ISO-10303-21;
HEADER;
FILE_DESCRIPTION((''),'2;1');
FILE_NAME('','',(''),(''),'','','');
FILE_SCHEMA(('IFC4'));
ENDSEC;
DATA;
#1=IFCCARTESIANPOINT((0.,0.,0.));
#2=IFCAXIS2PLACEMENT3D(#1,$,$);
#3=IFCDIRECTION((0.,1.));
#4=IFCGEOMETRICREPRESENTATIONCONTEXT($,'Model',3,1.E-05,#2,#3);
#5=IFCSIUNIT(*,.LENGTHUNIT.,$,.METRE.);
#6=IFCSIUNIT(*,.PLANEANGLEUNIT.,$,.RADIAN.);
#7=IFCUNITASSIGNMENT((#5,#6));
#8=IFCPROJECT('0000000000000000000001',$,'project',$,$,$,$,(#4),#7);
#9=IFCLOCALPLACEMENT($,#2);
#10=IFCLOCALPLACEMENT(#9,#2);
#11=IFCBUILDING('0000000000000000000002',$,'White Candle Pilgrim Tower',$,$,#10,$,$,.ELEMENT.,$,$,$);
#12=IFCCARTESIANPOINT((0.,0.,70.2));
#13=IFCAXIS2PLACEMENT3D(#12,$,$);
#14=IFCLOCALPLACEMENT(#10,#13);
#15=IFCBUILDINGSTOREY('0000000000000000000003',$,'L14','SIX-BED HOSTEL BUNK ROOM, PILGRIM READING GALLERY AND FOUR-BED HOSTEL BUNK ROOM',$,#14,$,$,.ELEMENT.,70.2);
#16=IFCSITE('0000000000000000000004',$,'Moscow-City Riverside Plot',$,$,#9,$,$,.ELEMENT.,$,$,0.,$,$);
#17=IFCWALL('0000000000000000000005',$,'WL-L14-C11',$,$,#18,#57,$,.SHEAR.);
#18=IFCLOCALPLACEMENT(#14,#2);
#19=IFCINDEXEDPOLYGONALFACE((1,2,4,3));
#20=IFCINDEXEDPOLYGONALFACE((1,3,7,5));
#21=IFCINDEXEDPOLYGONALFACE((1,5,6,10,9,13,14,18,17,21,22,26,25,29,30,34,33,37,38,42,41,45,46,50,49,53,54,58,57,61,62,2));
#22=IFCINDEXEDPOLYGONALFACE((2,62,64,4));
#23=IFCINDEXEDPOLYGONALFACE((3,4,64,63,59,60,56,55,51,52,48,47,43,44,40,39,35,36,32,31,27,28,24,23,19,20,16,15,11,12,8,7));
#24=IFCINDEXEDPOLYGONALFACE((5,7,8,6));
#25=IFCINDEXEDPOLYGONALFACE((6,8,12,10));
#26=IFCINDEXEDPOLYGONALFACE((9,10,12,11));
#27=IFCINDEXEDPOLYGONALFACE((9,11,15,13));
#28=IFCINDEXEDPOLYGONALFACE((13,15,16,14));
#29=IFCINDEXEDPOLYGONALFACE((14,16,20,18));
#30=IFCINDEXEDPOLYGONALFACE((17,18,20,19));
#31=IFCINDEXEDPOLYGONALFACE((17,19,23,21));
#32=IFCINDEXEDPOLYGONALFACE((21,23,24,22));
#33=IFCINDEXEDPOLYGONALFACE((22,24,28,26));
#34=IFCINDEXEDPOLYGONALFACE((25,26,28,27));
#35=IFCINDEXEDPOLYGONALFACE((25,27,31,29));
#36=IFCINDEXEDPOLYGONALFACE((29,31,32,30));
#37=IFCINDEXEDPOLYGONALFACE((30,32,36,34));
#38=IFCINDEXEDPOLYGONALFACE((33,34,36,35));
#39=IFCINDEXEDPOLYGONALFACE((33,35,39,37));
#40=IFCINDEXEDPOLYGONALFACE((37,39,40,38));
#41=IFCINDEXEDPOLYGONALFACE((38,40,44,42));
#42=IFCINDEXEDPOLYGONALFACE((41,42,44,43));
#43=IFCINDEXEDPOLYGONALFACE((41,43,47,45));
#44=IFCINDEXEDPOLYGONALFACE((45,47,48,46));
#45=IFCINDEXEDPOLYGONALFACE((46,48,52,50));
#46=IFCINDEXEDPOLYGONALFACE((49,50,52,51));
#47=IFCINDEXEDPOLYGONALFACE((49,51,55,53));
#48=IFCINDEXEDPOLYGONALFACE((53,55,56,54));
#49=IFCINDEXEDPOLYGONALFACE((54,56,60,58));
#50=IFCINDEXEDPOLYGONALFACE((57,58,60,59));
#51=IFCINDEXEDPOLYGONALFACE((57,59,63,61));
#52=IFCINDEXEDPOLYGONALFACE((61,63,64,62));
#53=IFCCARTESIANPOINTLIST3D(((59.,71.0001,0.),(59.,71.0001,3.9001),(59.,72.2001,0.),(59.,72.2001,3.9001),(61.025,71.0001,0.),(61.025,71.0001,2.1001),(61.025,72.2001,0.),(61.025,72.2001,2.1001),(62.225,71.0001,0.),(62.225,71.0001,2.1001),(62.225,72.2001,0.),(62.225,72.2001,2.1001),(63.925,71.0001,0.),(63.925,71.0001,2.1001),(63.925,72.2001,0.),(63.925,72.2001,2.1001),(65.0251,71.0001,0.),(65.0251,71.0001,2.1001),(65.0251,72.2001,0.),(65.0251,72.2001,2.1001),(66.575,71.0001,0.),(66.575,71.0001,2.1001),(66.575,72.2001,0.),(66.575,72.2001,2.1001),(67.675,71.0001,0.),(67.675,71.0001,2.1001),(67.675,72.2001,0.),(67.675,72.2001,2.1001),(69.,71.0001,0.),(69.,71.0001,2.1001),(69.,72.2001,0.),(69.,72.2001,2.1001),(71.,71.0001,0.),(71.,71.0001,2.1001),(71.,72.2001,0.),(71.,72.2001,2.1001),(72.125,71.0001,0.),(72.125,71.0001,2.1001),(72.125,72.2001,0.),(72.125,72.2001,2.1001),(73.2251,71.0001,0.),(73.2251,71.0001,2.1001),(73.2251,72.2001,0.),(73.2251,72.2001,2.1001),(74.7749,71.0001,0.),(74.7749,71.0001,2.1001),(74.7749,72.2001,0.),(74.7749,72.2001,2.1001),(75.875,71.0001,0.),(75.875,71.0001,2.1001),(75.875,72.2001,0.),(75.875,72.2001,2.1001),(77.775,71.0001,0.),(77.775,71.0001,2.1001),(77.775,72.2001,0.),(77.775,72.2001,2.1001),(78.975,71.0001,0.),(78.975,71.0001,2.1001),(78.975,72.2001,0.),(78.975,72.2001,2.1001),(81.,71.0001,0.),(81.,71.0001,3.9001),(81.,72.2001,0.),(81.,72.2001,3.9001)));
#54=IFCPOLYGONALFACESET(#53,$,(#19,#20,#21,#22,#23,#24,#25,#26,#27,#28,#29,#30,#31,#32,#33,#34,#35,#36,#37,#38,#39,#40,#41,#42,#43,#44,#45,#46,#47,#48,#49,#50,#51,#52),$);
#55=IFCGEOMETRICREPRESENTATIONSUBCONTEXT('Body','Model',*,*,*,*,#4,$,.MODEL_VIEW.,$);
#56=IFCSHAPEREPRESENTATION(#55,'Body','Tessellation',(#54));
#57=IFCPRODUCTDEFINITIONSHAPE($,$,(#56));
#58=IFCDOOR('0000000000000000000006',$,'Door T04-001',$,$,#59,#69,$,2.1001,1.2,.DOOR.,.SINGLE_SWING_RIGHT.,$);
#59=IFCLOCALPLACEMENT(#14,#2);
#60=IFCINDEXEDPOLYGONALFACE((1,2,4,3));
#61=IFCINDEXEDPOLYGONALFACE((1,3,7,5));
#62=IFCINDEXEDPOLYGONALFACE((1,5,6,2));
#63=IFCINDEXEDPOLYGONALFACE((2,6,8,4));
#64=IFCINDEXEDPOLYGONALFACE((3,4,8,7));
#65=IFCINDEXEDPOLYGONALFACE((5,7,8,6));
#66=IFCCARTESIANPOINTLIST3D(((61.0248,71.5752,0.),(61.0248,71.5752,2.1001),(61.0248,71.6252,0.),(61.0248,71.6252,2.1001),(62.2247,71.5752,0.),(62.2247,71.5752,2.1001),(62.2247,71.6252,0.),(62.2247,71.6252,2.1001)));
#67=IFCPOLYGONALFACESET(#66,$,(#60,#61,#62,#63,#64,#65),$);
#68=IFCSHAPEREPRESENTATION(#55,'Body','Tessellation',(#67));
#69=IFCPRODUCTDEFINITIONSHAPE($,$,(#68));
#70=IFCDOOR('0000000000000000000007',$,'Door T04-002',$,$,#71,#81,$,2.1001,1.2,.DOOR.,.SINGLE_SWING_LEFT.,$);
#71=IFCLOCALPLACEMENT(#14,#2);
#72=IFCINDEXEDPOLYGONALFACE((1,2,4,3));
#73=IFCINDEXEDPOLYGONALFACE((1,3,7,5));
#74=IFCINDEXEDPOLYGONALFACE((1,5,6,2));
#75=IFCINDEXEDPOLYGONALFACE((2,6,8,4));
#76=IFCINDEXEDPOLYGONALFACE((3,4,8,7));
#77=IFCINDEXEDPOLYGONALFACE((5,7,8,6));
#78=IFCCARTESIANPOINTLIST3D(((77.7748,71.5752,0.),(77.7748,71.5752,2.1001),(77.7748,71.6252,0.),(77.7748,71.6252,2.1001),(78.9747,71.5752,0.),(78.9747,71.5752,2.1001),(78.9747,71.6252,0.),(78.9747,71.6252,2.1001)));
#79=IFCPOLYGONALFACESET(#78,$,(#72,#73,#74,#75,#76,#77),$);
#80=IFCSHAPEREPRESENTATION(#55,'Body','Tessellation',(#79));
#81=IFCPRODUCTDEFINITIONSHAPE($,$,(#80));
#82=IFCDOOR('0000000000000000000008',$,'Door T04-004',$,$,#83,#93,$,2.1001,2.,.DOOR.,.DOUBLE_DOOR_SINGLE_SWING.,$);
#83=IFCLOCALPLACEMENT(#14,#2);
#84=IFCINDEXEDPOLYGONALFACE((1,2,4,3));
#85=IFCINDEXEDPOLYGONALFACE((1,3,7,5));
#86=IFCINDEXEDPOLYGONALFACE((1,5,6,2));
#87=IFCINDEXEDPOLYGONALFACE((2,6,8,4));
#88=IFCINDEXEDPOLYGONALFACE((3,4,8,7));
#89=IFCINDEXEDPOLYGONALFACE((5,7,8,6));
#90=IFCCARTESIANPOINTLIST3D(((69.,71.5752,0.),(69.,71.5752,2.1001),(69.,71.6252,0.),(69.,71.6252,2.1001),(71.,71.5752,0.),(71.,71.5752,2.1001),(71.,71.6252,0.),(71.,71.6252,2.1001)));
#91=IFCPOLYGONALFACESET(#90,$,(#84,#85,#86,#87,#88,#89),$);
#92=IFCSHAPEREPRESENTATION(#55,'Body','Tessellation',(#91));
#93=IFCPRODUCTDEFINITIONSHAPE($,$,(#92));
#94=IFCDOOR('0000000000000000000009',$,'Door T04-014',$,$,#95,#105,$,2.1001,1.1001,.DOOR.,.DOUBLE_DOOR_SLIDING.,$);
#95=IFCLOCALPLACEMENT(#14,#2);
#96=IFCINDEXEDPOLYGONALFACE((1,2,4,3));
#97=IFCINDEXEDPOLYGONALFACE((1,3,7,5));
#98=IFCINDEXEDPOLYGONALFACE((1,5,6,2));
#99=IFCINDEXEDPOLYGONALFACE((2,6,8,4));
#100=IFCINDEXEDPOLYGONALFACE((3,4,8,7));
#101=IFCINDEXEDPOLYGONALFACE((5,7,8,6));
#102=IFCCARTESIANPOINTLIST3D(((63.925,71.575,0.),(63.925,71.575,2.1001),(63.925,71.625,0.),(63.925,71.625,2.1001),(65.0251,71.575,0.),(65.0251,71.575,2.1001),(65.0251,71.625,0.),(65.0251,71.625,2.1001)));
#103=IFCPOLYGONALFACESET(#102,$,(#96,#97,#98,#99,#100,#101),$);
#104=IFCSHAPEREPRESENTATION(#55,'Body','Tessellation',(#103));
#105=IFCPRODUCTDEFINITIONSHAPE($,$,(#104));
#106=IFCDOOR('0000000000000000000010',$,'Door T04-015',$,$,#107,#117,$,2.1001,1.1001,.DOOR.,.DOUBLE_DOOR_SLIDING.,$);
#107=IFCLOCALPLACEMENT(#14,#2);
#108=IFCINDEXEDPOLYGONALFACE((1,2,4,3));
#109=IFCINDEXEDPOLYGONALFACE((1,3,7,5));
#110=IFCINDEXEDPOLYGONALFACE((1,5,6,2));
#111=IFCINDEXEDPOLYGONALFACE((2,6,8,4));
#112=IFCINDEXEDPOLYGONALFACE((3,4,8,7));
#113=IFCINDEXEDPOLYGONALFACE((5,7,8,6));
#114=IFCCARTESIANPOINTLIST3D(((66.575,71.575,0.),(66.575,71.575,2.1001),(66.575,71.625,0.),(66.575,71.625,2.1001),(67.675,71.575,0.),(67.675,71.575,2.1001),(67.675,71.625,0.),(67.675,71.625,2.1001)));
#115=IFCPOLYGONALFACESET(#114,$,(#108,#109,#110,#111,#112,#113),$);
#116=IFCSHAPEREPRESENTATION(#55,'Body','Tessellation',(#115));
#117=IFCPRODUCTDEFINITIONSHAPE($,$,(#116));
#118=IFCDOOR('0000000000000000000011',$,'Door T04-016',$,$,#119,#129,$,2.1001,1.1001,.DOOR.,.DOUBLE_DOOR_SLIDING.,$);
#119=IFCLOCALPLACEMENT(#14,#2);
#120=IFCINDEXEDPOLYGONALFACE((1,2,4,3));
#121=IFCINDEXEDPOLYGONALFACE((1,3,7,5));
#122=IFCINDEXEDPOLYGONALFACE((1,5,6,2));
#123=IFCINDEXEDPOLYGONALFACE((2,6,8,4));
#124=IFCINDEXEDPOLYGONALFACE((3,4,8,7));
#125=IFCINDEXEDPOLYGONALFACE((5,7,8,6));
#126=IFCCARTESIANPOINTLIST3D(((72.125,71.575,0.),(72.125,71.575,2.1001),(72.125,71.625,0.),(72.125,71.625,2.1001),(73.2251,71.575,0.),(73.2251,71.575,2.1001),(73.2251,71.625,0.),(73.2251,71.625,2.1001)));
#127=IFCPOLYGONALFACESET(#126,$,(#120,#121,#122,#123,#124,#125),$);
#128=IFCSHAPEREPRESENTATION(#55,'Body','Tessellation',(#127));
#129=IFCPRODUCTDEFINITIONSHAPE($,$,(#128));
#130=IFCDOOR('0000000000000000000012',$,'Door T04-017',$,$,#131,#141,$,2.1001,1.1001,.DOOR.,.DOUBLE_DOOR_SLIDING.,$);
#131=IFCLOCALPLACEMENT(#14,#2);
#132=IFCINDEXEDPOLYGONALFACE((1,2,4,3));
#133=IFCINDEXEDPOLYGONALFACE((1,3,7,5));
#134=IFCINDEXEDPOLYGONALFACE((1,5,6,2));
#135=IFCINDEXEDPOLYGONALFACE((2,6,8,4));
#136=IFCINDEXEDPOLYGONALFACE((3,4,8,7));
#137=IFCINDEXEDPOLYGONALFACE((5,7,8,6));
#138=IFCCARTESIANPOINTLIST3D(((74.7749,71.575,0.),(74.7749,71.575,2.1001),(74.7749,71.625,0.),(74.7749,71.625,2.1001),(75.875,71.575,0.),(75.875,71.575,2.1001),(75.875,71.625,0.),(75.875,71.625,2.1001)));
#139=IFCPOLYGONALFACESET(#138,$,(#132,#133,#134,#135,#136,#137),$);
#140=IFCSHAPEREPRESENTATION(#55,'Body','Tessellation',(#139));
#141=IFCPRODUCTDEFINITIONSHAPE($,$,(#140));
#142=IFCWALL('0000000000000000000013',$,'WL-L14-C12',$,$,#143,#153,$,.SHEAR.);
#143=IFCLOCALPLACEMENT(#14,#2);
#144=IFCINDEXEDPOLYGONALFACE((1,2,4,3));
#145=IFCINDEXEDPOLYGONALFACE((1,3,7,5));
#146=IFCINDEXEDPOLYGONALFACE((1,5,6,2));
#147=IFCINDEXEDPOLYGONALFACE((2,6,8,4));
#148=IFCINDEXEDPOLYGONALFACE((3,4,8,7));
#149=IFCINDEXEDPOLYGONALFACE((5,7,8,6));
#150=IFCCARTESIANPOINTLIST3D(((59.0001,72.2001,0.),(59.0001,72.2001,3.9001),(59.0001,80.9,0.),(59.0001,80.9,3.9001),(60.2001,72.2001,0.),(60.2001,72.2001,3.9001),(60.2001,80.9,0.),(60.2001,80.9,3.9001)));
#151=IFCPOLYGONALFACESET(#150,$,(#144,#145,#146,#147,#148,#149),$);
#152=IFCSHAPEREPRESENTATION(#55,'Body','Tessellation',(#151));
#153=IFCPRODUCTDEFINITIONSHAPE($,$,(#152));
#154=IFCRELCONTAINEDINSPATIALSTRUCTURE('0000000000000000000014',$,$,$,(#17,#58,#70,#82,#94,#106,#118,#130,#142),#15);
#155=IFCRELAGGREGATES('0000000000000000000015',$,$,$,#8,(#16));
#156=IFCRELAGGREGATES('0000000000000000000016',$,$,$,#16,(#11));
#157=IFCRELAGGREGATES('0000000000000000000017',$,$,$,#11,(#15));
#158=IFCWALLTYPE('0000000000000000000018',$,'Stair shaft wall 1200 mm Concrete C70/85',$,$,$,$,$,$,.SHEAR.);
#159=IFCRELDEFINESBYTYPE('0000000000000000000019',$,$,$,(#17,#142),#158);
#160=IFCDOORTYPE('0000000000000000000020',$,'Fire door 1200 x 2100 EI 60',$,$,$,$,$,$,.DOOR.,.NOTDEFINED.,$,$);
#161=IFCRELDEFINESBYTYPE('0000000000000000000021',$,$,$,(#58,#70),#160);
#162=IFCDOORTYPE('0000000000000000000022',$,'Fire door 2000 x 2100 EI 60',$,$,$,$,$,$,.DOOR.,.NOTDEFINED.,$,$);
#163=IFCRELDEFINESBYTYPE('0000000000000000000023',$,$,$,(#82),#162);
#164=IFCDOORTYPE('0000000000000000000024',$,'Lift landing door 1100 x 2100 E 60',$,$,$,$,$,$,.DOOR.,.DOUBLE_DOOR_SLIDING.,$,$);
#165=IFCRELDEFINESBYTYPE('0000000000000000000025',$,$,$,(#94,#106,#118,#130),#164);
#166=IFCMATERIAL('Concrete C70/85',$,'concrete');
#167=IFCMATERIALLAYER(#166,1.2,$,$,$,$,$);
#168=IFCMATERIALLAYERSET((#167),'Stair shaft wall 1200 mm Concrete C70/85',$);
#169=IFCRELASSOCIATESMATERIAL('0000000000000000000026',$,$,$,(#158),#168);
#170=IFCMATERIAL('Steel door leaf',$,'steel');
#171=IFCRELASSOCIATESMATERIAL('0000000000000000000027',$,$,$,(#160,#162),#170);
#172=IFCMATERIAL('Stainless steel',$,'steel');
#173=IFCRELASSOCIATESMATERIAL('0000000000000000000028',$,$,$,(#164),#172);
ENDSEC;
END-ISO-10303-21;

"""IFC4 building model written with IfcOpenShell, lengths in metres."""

from ifc_helpers import new_model, si_unit, direction, frame, frame_2d, origin, place, context, subcontext, project, spatial, rectangle, extrude, material, layer, layer_set, type_object, element, fill, save


model = new_model("IFC4")

# Units and contexts
model_context = context("Model", 3, precision=1e-05, world=origin(), true_north=direction((0.0, 1.0)))
body_context = subcontext(model_context, "Body", "Model", "MODEL_VIEW")
ifc_project = project(units=[si_unit("LENGTHUNIT", "METRE"), si_unit("PLANEANGLEUNIT", "RADIAN")], contexts=[model_context])

# Site, building, storey
site_placement = place(None, origin())
site = spatial("IfcSite", under=ifc_project, at=site_placement, Name="Moscow-City Riverside Plot", CompositionType="ELEMENT", RefElevation=0.0)
building_placement = place(site_placement, origin())
building = spatial("IfcBuilding", under=site, at=building_placement, Name="White Candle Pilgrim Tower", CompositionType="ELEMENT")
storey_placement = place(building_placement, frame((0.0, 0.0, 70.2)))
storey = spatial("IfcBuildingStorey", under=building, at=storey_placement, Name="L14", Description="SIX-BED HOSTEL BUNK ROOM, PILGRIM READING GALLERY AND FOUR-BED HOSTEL BUNK ROOM", CompositionType="ELEMENT", Elevation=70.2)

# Shared definitions
ifc_material_1 = material(Name="Steel door leaf", Category="steel")

# Shared definitions
ifc_material_2 = material(Name="Concrete C70/85", Category="concrete")

# Wall, openings, doors
ifc_layer_1 = layer(ifc_material_2, 1.2)
ifc_layer_set_1 = layer_set([ifc_layer_1], Name="Stair shaft wall 1200 mm Concrete C70/85")
wall_type_1 = type_object("IfcWallType", Name="Stair shaft wall 1200 mm Concrete C70/85", PredefinedType="SHEAR", material=ifc_layer_set_1)
wall_1_placement = place(storey_placement, frame((59.0, 71.6001, 0.0), z_axis=(0.0, 0.0, 1.0), x_axis=(1.0, 0.0, 0.0)))
wall_1 = element("IfcWall", 1, at=wall_1_placement, inside=storey, type_object=wall_type_1, Name="WL-L14-C11", PredefinedType="SHEAR", context=body_context, shape_type="SweptSolid", body=[
    extrude(rectangle(XDim=22.0, YDim=1.2, at=frame_2d((11.0, 0.0))), origin(), (0.0, 0.0, 1.0), 3.9001),
])
opening_1_placement = place(wall_1_placement, frame((2.0249, 0.0, 0.0)))
opening_1 = element("IfcOpeningElement", 2, at=opening_1_placement, cuts=wall_1, PredefinedType="OPENING", context=body_context, shape_type="SweptSolid", body=[
    extrude(rectangle(XDim=1.2, YDim=2.1001, at=frame_2d((0.6001, 1.05))), frame((0.0, 0.6099, 0.0), z_axis=(0.0, -1.0, 0.0), x_axis=(1.0, 0.0, 0.0)), (0.0, 0.0, 1.0), 1.22),
])
opening_2_placement = place(wall_1_placement, frame((18.7749, 0.0, 0.0)))
opening_2 = element("IfcOpeningElement", 3, at=opening_2_placement, cuts=wall_1, PredefinedType="OPENING", context=body_context, shape_type="SweptSolid", body=[
    extrude(rectangle(XDim=1.2, YDim=2.1001, at=frame_2d((0.6001, 1.05))), frame((0.0, 0.6099, 0.0), z_axis=(0.0, -1.0, 0.0), x_axis=(1.0, 0.0, 0.0)), (0.0, 0.0, 1.0), 1.22),
])
opening_3_placement = place(wall_1_placement, frame((10.0, 0.0, 0.0)))
opening_3 = element("IfcOpeningElement", 4, at=opening_3_placement, cuts=wall_1, PredefinedType="OPENING", context=body_context, shape_type="SweptSolid", body=[
    extrude(rectangle(XDim=2.0, YDim=2.1001, at=frame_2d((1.0, 1.05))), frame((0.0, 0.6099, 0.0), z_axis=(0.0, -1.0, 0.0), x_axis=(1.0, 0.0, 0.0)), (0.0, 0.0, 1.0), 1.22),
])
opening_4_placement = place(wall_1_placement, frame((4.925, 0.0, 0.0)))
opening_4 = element("IfcOpeningElement", 5, at=opening_4_placement, cuts=wall_1, PredefinedType="OPENING", context=body_context, shape_type="SweptSolid", body=[
    extrude(rectangle(XDim=1.1001, YDim=2.1001, at=frame_2d((0.55, 1.05))), frame((0.0, 0.6099, 0.0), z_axis=(0.0, -1.0, 0.0), x_axis=(1.0, 0.0, 0.0)), (0.0, 0.0, 1.0), 1.22),
])
opening_5_placement = place(wall_1_placement, frame((7.575, 0.0, 0.0)))
opening_5 = element("IfcOpeningElement", 6, at=opening_5_placement, cuts=wall_1, PredefinedType="OPENING", context=body_context, shape_type="SweptSolid", body=[
    extrude(rectangle(XDim=1.1001, YDim=2.1001, at=frame_2d((0.55, 1.05))), frame((0.0, 0.6099, 0.0), z_axis=(0.0, -1.0, 0.0), x_axis=(1.0, 0.0, 0.0)), (0.0, 0.0, 1.0), 1.22),
])
opening_6_placement = place(wall_1_placement, frame((13.125, 0.0, 0.0)))
opening_6 = element("IfcOpeningElement", 7, at=opening_6_placement, cuts=wall_1, PredefinedType="OPENING", context=body_context, shape_type="SweptSolid", body=[
    extrude(rectangle(XDim=1.1001, YDim=2.1001, at=frame_2d((0.55, 1.05))), frame((0.0, 0.6099, 0.0), z_axis=(0.0, -1.0, 0.0), x_axis=(1.0, 0.0, 0.0)), (0.0, 0.0, 1.0), 1.22),
])
opening_7_placement = place(wall_1_placement, frame((15.7749, 0.0, 0.0)))
opening_7 = element("IfcOpeningElement", 8, at=opening_7_placement, cuts=wall_1, PredefinedType="OPENING", context=body_context, shape_type="SweptSolid", body=[
    extrude(rectangle(XDim=1.1001, YDim=2.1001, at=frame_2d((0.55, 1.05))), frame((0.0, 0.6099, 0.0), z_axis=(0.0, -1.0, 0.0), x_axis=(1.0, 0.0, 0.0)), (0.0, 0.0, 1.0), 1.22),
])
door_type_1 = type_object("IfcDoorType", Name="Fire door 1200 x 2100 EI 60", OperationType="NOTDEFINED", PredefinedType="DOOR", material=ifc_material_1)
door_1_placement = place(opening_1_placement, frame((1.2, 0.0, 0.0), z_axis=(0.0, 0.0, 1.0), x_axis=(-1.0, 0.0, 0.0)))
door_1 = element("IfcDoor", 9, at=door_1_placement, inside=storey, type_object=door_type_1, Name="Door T04-001", OperationType="SINGLE_SWING_RIGHT", OverallHeight=2.1001, OverallWidth=1.2, PredefinedType="DOOR", context=body_context, shape_type="SweptSolid", body=[
    extrude(rectangle(XDim=1.2, YDim=2.1001, at=frame_2d((0.6001, 1.05))), frame((0.0, 0.0249, 0.0), z_axis=(0.0, -1.0, 0.0), x_axis=(1.0, 0.0, 0.0)), (0.0, 0.0, 1.0), 0.05),
])
fill(opening_1, door_1)
door_2_placement = place(opening_2_placement, frame((1.2, 0.0, 0.0), z_axis=(0.0, 0.0, 1.0), x_axis=(-1.0, 0.0, 0.0)))
door_2 = element("IfcDoor", 10, at=door_2_placement, inside=storey, type_object=door_type_1, Name="Door T04-002", OperationType="SINGLE_SWING_LEFT", OverallHeight=2.1001, OverallWidth=1.2, PredefinedType="DOOR", context=body_context, shape_type="SweptSolid", body=[
    extrude(rectangle(XDim=1.2, YDim=2.1001, at=frame_2d((0.6001, 1.05))), frame((0.0, 0.0249, 0.0), z_axis=(0.0, -1.0, 0.0), x_axis=(1.0, 0.0, 0.0)), (0.0, 0.0, 1.0), 0.05),
])
fill(opening_2, door_2)
door_type_2 = type_object("IfcDoorType", Name="Fire door 2000 x 2100 EI 60", OperationType="NOTDEFINED", PredefinedType="DOOR", material=ifc_material_1)
door_3_placement = place(opening_3_placement, frame((2.0, 0.0, 0.0), z_axis=(0.0, 0.0, 1.0), x_axis=(-1.0, 0.0, 0.0)))
door_3 = element("IfcDoor", 11, at=door_3_placement, inside=storey, type_object=door_type_2, Name="Door T04-004", OperationType="DOUBLE_DOOR_SINGLE_SWING", OverallHeight=2.1001, OverallWidth=2.0, PredefinedType="DOOR", context=body_context, shape_type="SweptSolid", body=[
    extrude(rectangle(XDim=2.0, YDim=2.1001, at=frame_2d((1.0, 1.05))), frame((0.0, 0.0249, 0.0), z_axis=(0.0, -1.0, 0.0), x_axis=(1.0, 0.0, 0.0)), (0.0, 0.0, 1.0), 0.05),
])
fill(opening_3, door_3)
ifc_material_3 = material(Name="Stainless steel", Category="steel")
door_type_3 = type_object("IfcDoorType", Name="Lift landing door 1100 x 2100 E 60", OperationType="DOUBLE_DOOR_SLIDING", PredefinedType="DOOR", material=ifc_material_3)
door_4_placement = place(opening_4_placement, origin())
door_4 = element("IfcDoor", 12, at=door_4_placement, inside=storey, type_object=door_type_3, Name="Door T04-014", OperationType="DOUBLE_DOOR_SLIDING", OverallHeight=2.1001, OverallWidth=1.1001, PredefinedType="DOOR", context=body_context, shape_type="SweptSolid", body=[
    extrude(rectangle(XDim=1.1001, YDim=2.1001, at=frame_2d((0.55, 1.05))), frame((0.0, 0.0249, 0.0), z_axis=(0.0, -1.0, 0.0), x_axis=(1.0, 0.0, 0.0)), (0.0, 0.0, 1.0), 0.05),
])
fill(opening_4, door_4)
door_5_placement = place(opening_5_placement, origin())
door_5 = element("IfcDoor", 13, at=door_5_placement, inside=storey, type_object=door_type_3, Name="Door T04-015", OperationType="DOUBLE_DOOR_SLIDING", OverallHeight=2.1001, OverallWidth=1.1001, PredefinedType="DOOR", context=body_context, shape_type="SweptSolid", body=[
    extrude(rectangle(XDim=1.1001, YDim=2.1001, at=frame_2d((0.55, 1.05))), frame((0.0, 0.0249, 0.0), z_axis=(0.0, -1.0, 0.0), x_axis=(1.0, 0.0, 0.0)), (0.0, 0.0, 1.0), 0.05),
])
fill(opening_5, door_5)
door_6_placement = place(opening_6_placement, origin())
door_6 = element("IfcDoor", 14, at=door_6_placement, inside=storey, type_object=door_type_3, Name="Door T04-016", OperationType="DOUBLE_DOOR_SLIDING", OverallHeight=2.1001, OverallWidth=1.1001, PredefinedType="DOOR", context=body_context, shape_type="SweptSolid", body=[
    extrude(rectangle(XDim=1.1001, YDim=2.1001, at=frame_2d((0.55, 1.05))), frame((0.0, 0.0249, 0.0), z_axis=(0.0, -1.0, 0.0), x_axis=(1.0, 0.0, 0.0)), (0.0, 0.0, 1.0), 0.05),
])
fill(opening_6, door_6)
door_7_placement = place(opening_7_placement, origin())
door_7 = element("IfcDoor", 15, at=door_7_placement, inside=storey, type_object=door_type_3, Name="Door T04-017", OperationType="DOUBLE_DOOR_SLIDING", OverallHeight=2.1001, OverallWidth=1.1001, PredefinedType="DOOR", context=body_context, shape_type="SweptSolid", body=[
    extrude(rectangle(XDim=1.1001, YDim=2.1001, at=frame_2d((0.55, 1.05))), frame((0.0, 0.0249, 0.0), z_axis=(0.0, -1.0, 0.0), x_axis=(1.0, 0.0, 0.0)), (0.0, 0.0, 1.0), 0.05),
])
fill(opening_7, door_7)

# Wall
wall_2_placement = place(storey_placement, frame((59.6001, 72.2, 0.0), z_axis=(0.0, 0.0, 1.0), x_axis=(0.0, 1.0, 0.0)))
element("IfcWall", 16, at=wall_2_placement, inside=storey, type_object=wall_type_1, Name="WL-L14-C12", PredefinedType="SHEAR", context=body_context, shape_type="SweptSolid", body=[
    extrude(rectangle(XDim=8.7, YDim=1.2, at=frame_2d((4.3501, 0.0))), origin(), (0.0, 0.0, 1.0), 3.9001),
])

save(model, "model.ifc")
